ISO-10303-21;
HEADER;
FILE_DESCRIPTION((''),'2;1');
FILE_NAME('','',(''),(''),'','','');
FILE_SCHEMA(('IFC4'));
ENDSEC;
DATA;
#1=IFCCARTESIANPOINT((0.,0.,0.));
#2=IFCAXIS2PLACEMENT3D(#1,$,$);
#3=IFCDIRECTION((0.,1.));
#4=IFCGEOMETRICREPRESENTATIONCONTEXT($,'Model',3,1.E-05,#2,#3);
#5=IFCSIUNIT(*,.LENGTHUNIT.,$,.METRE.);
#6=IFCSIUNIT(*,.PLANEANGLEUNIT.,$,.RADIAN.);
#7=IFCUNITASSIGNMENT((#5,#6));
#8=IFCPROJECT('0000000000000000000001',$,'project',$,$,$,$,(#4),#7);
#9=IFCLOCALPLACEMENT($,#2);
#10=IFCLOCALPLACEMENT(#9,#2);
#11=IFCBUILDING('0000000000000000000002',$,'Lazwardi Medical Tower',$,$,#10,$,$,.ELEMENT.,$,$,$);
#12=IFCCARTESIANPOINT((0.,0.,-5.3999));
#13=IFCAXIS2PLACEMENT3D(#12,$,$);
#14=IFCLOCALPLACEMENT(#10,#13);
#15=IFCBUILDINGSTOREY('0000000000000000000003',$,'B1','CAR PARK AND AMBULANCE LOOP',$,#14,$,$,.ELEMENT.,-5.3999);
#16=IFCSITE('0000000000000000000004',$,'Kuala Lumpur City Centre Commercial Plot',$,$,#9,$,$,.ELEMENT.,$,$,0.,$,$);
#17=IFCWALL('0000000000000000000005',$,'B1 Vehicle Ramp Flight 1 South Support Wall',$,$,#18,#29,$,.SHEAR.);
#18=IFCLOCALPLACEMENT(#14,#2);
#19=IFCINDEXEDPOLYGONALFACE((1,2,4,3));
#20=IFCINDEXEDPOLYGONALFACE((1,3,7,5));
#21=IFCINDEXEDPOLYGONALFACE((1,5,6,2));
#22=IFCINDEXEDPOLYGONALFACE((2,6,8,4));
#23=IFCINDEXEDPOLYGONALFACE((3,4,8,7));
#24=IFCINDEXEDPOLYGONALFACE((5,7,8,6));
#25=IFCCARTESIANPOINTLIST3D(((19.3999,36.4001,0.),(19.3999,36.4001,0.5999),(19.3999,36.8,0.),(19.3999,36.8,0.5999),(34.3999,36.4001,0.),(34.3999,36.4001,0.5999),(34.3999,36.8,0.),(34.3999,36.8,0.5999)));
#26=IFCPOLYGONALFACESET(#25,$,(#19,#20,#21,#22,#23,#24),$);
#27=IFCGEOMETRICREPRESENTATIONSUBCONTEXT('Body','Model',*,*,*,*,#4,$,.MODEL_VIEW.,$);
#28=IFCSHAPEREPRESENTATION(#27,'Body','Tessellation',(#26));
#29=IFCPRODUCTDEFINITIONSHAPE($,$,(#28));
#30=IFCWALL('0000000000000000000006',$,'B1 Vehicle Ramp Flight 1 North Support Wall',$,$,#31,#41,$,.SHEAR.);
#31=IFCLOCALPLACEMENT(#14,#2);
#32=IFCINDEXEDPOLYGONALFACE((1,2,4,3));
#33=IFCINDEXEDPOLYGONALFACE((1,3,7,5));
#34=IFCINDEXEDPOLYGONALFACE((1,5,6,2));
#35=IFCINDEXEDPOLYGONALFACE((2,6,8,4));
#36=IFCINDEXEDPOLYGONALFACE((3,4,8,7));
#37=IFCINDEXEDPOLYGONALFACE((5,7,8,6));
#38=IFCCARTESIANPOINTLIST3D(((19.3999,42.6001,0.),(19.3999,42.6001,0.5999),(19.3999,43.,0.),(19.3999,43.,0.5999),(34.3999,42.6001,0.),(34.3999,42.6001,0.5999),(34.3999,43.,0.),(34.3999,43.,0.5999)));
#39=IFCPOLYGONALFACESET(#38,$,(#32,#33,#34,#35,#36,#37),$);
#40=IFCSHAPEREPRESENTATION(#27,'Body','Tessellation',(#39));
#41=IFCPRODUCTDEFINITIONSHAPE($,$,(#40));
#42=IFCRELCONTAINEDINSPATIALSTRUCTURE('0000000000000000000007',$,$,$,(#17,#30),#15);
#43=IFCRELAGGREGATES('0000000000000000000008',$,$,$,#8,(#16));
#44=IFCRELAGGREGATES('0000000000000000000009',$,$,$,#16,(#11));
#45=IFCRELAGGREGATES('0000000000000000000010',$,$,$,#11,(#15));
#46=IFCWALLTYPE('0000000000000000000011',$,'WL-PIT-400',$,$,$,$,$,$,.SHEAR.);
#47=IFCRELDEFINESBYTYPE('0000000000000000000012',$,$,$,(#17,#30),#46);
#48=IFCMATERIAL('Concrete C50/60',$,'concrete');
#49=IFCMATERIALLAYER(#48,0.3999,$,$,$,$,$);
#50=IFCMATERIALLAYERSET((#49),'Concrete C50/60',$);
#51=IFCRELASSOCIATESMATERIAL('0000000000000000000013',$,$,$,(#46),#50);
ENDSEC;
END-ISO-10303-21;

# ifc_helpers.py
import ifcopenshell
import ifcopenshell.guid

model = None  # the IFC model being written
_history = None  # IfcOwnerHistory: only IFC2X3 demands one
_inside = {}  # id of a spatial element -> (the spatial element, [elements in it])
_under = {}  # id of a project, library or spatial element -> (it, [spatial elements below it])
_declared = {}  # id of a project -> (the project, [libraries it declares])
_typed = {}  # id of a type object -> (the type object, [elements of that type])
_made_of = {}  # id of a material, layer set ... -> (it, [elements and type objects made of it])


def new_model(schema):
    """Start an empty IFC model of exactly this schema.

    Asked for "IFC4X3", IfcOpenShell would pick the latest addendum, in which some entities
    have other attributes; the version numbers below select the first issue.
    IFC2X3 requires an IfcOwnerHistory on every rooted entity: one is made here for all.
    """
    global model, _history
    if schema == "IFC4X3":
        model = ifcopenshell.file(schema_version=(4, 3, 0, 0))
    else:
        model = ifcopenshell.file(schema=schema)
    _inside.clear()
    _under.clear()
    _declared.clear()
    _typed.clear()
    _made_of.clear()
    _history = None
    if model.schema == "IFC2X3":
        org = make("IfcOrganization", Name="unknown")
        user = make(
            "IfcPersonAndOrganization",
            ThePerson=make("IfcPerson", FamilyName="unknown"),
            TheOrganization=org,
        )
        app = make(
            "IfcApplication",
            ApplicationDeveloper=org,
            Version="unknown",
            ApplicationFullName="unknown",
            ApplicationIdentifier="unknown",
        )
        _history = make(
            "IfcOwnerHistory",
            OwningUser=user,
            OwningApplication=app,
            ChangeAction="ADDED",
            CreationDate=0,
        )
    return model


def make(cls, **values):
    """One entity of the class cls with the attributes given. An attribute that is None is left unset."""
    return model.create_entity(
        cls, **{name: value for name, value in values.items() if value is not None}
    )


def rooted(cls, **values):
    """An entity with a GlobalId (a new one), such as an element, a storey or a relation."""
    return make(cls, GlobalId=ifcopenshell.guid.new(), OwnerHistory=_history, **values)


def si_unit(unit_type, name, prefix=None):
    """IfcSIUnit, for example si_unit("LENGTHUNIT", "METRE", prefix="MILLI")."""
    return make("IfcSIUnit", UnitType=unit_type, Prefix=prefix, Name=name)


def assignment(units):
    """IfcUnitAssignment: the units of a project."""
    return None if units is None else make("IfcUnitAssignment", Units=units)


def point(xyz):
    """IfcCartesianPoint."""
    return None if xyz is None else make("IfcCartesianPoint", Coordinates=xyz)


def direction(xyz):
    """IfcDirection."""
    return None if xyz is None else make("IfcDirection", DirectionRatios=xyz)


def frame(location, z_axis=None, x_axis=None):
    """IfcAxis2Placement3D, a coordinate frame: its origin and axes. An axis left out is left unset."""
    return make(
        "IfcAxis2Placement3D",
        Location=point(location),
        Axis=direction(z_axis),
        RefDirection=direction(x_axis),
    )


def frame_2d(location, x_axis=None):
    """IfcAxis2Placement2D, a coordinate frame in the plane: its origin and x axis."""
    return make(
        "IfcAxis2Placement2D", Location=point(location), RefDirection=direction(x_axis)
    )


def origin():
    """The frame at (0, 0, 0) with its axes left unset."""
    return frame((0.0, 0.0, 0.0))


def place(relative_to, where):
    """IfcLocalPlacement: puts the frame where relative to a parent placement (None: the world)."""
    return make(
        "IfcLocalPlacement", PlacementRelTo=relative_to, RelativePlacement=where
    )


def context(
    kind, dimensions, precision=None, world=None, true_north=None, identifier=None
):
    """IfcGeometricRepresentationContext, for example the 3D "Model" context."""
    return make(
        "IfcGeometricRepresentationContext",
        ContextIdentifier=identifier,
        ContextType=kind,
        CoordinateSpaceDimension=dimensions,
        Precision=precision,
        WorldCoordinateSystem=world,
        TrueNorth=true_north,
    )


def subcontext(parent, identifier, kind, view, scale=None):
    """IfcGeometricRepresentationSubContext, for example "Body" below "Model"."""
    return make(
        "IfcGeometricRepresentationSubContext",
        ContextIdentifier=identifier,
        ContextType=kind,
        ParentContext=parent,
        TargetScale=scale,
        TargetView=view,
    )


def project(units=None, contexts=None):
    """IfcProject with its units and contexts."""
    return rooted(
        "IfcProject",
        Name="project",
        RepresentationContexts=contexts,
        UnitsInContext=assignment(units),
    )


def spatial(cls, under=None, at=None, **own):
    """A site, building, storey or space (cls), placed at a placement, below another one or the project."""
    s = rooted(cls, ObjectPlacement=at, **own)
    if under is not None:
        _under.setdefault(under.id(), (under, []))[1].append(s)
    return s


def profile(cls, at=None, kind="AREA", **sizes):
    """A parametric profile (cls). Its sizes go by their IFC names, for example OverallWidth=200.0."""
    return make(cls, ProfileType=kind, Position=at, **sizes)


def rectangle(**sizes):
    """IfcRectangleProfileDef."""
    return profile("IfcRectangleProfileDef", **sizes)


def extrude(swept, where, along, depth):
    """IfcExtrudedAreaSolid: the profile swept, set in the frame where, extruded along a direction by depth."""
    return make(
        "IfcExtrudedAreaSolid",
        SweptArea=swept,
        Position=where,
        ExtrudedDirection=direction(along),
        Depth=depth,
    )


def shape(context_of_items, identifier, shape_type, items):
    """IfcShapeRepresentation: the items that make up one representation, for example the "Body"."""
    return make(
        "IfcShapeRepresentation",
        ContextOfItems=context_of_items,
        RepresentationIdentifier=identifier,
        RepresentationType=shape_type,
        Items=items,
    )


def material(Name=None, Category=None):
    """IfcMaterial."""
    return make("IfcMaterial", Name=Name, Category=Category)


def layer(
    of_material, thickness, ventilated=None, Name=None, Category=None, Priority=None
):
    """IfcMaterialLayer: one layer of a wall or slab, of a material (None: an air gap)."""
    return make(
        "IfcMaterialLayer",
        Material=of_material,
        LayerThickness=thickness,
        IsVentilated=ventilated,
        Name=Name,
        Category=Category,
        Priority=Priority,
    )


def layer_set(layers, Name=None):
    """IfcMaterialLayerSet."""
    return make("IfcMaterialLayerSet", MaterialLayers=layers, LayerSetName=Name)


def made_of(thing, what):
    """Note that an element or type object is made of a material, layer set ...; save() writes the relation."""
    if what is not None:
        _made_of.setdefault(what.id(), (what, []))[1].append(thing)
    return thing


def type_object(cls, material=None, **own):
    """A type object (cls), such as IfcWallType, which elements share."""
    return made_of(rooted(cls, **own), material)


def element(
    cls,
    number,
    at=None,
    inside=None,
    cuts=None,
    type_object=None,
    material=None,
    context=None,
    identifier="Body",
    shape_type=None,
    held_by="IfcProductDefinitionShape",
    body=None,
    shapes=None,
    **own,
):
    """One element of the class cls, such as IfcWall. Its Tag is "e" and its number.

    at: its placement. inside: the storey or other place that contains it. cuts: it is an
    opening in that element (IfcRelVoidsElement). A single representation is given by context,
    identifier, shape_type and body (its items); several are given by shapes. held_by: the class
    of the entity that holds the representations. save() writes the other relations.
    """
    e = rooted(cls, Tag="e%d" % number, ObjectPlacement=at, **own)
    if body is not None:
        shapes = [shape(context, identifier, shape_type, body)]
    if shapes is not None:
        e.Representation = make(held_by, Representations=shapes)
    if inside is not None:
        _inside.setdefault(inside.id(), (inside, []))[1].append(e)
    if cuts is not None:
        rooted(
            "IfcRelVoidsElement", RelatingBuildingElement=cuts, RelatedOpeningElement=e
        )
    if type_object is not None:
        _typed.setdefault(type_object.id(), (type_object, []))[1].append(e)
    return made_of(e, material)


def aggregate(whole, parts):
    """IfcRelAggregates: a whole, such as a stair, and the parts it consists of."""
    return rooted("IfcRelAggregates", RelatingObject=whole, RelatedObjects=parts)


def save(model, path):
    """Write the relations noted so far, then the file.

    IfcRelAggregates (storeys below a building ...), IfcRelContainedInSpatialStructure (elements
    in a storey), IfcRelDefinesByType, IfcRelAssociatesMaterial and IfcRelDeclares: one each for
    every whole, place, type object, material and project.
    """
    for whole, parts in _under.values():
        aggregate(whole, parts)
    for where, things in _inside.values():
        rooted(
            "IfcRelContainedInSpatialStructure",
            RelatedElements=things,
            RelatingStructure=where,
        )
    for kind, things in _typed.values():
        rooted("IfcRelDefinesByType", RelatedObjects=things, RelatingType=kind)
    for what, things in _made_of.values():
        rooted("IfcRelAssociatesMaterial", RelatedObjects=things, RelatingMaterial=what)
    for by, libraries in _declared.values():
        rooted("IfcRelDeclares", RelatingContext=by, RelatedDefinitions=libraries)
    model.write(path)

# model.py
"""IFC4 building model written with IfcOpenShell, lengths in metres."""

from ifc_helpers import new_model, si_unit, direction, frame, frame_2d, origin, place, context, subcontext, project, spatial, rectangle, extrude, material, layer, layer_set, type_object, element, save


model = new_model("IFC4")

# Units and contexts
model_context = context("Model", 3, precision=1e-05, world=origin(), true_north=direction((0.0, 1.0)))
body_context = subcontext(model_context, "Body", "Model", "MODEL_VIEW")
ifc_project = project(units=[si_unit("LENGTHUNIT", "METRE"), si_unit("PLANEANGLEUNIT", "RADIAN")], contexts=[model_context])

# Site, building, storey
site_placement = place(None, origin())
site = spatial("IfcSite", under=ifc_project, at=site_placement, Name="Kuala Lumpur City Centre Commercial Plot", CompositionType="ELEMENT", RefElevation=0.0)
building_placement = place(site_placement, origin())
building = spatial("IfcBuilding", under=site, at=building_placement, Name="Lazwardi Medical Tower", CompositionType="ELEMENT")
storey_placement = place(building_placement, frame((0.0, 0.0, -5.3999)))
storey = spatial("IfcBuildingStorey", under=building, at=storey_placement, Name="B1", Description="CAR PARK AND AMBULANCE LOOP", CompositionType="ELEMENT", Elevation=-5.3999)

# Shared definitions
ifc_material_1 = material(Name="Concrete C50/60", Category="concrete")

# Walls
ifc_layer_1 = layer(ifc_material_1, 0.3999)
ifc_layer_set_1 = layer_set([ifc_layer_1], Name="Concrete C50/60")
wall_type_1 = type_object("IfcWallType", Name="WL-PIT-400", PredefinedType="SHEAR", material=ifc_layer_set_1)
for number, where, z_axis, x_axis, name in (
    (1, (19.3999, 36.6001, 0.0), (0.0, 0.0, 1.0), (1.0, 0.0, 0.0), "B1 Vehicle Ramp Flight 1 South Support Wall"),
    (2, (19.3999, 42.8, 0.0), (0.0, 0.0, 1.0), (1.0, 0.0, 0.0), "B1 Vehicle Ramp Flight 1 North Support Wall"),
):
    element("IfcWall", number, at=place(storey_placement, frame(where, z_axis=z_axis, x_axis=x_axis)), inside=storey, type_object=wall_type_1, Name=name, PredefinedType="SHEAR", context=body_context, shape_type="SweptSolid", body=[
        extrude(rectangle(XDim=15.0, YDim=0.3999, at=frame_2d((7.5, 0.0))), origin(), (0.0, 0.0, 1.0), 0.5999),
    ])

save(model, "model.ifc")
